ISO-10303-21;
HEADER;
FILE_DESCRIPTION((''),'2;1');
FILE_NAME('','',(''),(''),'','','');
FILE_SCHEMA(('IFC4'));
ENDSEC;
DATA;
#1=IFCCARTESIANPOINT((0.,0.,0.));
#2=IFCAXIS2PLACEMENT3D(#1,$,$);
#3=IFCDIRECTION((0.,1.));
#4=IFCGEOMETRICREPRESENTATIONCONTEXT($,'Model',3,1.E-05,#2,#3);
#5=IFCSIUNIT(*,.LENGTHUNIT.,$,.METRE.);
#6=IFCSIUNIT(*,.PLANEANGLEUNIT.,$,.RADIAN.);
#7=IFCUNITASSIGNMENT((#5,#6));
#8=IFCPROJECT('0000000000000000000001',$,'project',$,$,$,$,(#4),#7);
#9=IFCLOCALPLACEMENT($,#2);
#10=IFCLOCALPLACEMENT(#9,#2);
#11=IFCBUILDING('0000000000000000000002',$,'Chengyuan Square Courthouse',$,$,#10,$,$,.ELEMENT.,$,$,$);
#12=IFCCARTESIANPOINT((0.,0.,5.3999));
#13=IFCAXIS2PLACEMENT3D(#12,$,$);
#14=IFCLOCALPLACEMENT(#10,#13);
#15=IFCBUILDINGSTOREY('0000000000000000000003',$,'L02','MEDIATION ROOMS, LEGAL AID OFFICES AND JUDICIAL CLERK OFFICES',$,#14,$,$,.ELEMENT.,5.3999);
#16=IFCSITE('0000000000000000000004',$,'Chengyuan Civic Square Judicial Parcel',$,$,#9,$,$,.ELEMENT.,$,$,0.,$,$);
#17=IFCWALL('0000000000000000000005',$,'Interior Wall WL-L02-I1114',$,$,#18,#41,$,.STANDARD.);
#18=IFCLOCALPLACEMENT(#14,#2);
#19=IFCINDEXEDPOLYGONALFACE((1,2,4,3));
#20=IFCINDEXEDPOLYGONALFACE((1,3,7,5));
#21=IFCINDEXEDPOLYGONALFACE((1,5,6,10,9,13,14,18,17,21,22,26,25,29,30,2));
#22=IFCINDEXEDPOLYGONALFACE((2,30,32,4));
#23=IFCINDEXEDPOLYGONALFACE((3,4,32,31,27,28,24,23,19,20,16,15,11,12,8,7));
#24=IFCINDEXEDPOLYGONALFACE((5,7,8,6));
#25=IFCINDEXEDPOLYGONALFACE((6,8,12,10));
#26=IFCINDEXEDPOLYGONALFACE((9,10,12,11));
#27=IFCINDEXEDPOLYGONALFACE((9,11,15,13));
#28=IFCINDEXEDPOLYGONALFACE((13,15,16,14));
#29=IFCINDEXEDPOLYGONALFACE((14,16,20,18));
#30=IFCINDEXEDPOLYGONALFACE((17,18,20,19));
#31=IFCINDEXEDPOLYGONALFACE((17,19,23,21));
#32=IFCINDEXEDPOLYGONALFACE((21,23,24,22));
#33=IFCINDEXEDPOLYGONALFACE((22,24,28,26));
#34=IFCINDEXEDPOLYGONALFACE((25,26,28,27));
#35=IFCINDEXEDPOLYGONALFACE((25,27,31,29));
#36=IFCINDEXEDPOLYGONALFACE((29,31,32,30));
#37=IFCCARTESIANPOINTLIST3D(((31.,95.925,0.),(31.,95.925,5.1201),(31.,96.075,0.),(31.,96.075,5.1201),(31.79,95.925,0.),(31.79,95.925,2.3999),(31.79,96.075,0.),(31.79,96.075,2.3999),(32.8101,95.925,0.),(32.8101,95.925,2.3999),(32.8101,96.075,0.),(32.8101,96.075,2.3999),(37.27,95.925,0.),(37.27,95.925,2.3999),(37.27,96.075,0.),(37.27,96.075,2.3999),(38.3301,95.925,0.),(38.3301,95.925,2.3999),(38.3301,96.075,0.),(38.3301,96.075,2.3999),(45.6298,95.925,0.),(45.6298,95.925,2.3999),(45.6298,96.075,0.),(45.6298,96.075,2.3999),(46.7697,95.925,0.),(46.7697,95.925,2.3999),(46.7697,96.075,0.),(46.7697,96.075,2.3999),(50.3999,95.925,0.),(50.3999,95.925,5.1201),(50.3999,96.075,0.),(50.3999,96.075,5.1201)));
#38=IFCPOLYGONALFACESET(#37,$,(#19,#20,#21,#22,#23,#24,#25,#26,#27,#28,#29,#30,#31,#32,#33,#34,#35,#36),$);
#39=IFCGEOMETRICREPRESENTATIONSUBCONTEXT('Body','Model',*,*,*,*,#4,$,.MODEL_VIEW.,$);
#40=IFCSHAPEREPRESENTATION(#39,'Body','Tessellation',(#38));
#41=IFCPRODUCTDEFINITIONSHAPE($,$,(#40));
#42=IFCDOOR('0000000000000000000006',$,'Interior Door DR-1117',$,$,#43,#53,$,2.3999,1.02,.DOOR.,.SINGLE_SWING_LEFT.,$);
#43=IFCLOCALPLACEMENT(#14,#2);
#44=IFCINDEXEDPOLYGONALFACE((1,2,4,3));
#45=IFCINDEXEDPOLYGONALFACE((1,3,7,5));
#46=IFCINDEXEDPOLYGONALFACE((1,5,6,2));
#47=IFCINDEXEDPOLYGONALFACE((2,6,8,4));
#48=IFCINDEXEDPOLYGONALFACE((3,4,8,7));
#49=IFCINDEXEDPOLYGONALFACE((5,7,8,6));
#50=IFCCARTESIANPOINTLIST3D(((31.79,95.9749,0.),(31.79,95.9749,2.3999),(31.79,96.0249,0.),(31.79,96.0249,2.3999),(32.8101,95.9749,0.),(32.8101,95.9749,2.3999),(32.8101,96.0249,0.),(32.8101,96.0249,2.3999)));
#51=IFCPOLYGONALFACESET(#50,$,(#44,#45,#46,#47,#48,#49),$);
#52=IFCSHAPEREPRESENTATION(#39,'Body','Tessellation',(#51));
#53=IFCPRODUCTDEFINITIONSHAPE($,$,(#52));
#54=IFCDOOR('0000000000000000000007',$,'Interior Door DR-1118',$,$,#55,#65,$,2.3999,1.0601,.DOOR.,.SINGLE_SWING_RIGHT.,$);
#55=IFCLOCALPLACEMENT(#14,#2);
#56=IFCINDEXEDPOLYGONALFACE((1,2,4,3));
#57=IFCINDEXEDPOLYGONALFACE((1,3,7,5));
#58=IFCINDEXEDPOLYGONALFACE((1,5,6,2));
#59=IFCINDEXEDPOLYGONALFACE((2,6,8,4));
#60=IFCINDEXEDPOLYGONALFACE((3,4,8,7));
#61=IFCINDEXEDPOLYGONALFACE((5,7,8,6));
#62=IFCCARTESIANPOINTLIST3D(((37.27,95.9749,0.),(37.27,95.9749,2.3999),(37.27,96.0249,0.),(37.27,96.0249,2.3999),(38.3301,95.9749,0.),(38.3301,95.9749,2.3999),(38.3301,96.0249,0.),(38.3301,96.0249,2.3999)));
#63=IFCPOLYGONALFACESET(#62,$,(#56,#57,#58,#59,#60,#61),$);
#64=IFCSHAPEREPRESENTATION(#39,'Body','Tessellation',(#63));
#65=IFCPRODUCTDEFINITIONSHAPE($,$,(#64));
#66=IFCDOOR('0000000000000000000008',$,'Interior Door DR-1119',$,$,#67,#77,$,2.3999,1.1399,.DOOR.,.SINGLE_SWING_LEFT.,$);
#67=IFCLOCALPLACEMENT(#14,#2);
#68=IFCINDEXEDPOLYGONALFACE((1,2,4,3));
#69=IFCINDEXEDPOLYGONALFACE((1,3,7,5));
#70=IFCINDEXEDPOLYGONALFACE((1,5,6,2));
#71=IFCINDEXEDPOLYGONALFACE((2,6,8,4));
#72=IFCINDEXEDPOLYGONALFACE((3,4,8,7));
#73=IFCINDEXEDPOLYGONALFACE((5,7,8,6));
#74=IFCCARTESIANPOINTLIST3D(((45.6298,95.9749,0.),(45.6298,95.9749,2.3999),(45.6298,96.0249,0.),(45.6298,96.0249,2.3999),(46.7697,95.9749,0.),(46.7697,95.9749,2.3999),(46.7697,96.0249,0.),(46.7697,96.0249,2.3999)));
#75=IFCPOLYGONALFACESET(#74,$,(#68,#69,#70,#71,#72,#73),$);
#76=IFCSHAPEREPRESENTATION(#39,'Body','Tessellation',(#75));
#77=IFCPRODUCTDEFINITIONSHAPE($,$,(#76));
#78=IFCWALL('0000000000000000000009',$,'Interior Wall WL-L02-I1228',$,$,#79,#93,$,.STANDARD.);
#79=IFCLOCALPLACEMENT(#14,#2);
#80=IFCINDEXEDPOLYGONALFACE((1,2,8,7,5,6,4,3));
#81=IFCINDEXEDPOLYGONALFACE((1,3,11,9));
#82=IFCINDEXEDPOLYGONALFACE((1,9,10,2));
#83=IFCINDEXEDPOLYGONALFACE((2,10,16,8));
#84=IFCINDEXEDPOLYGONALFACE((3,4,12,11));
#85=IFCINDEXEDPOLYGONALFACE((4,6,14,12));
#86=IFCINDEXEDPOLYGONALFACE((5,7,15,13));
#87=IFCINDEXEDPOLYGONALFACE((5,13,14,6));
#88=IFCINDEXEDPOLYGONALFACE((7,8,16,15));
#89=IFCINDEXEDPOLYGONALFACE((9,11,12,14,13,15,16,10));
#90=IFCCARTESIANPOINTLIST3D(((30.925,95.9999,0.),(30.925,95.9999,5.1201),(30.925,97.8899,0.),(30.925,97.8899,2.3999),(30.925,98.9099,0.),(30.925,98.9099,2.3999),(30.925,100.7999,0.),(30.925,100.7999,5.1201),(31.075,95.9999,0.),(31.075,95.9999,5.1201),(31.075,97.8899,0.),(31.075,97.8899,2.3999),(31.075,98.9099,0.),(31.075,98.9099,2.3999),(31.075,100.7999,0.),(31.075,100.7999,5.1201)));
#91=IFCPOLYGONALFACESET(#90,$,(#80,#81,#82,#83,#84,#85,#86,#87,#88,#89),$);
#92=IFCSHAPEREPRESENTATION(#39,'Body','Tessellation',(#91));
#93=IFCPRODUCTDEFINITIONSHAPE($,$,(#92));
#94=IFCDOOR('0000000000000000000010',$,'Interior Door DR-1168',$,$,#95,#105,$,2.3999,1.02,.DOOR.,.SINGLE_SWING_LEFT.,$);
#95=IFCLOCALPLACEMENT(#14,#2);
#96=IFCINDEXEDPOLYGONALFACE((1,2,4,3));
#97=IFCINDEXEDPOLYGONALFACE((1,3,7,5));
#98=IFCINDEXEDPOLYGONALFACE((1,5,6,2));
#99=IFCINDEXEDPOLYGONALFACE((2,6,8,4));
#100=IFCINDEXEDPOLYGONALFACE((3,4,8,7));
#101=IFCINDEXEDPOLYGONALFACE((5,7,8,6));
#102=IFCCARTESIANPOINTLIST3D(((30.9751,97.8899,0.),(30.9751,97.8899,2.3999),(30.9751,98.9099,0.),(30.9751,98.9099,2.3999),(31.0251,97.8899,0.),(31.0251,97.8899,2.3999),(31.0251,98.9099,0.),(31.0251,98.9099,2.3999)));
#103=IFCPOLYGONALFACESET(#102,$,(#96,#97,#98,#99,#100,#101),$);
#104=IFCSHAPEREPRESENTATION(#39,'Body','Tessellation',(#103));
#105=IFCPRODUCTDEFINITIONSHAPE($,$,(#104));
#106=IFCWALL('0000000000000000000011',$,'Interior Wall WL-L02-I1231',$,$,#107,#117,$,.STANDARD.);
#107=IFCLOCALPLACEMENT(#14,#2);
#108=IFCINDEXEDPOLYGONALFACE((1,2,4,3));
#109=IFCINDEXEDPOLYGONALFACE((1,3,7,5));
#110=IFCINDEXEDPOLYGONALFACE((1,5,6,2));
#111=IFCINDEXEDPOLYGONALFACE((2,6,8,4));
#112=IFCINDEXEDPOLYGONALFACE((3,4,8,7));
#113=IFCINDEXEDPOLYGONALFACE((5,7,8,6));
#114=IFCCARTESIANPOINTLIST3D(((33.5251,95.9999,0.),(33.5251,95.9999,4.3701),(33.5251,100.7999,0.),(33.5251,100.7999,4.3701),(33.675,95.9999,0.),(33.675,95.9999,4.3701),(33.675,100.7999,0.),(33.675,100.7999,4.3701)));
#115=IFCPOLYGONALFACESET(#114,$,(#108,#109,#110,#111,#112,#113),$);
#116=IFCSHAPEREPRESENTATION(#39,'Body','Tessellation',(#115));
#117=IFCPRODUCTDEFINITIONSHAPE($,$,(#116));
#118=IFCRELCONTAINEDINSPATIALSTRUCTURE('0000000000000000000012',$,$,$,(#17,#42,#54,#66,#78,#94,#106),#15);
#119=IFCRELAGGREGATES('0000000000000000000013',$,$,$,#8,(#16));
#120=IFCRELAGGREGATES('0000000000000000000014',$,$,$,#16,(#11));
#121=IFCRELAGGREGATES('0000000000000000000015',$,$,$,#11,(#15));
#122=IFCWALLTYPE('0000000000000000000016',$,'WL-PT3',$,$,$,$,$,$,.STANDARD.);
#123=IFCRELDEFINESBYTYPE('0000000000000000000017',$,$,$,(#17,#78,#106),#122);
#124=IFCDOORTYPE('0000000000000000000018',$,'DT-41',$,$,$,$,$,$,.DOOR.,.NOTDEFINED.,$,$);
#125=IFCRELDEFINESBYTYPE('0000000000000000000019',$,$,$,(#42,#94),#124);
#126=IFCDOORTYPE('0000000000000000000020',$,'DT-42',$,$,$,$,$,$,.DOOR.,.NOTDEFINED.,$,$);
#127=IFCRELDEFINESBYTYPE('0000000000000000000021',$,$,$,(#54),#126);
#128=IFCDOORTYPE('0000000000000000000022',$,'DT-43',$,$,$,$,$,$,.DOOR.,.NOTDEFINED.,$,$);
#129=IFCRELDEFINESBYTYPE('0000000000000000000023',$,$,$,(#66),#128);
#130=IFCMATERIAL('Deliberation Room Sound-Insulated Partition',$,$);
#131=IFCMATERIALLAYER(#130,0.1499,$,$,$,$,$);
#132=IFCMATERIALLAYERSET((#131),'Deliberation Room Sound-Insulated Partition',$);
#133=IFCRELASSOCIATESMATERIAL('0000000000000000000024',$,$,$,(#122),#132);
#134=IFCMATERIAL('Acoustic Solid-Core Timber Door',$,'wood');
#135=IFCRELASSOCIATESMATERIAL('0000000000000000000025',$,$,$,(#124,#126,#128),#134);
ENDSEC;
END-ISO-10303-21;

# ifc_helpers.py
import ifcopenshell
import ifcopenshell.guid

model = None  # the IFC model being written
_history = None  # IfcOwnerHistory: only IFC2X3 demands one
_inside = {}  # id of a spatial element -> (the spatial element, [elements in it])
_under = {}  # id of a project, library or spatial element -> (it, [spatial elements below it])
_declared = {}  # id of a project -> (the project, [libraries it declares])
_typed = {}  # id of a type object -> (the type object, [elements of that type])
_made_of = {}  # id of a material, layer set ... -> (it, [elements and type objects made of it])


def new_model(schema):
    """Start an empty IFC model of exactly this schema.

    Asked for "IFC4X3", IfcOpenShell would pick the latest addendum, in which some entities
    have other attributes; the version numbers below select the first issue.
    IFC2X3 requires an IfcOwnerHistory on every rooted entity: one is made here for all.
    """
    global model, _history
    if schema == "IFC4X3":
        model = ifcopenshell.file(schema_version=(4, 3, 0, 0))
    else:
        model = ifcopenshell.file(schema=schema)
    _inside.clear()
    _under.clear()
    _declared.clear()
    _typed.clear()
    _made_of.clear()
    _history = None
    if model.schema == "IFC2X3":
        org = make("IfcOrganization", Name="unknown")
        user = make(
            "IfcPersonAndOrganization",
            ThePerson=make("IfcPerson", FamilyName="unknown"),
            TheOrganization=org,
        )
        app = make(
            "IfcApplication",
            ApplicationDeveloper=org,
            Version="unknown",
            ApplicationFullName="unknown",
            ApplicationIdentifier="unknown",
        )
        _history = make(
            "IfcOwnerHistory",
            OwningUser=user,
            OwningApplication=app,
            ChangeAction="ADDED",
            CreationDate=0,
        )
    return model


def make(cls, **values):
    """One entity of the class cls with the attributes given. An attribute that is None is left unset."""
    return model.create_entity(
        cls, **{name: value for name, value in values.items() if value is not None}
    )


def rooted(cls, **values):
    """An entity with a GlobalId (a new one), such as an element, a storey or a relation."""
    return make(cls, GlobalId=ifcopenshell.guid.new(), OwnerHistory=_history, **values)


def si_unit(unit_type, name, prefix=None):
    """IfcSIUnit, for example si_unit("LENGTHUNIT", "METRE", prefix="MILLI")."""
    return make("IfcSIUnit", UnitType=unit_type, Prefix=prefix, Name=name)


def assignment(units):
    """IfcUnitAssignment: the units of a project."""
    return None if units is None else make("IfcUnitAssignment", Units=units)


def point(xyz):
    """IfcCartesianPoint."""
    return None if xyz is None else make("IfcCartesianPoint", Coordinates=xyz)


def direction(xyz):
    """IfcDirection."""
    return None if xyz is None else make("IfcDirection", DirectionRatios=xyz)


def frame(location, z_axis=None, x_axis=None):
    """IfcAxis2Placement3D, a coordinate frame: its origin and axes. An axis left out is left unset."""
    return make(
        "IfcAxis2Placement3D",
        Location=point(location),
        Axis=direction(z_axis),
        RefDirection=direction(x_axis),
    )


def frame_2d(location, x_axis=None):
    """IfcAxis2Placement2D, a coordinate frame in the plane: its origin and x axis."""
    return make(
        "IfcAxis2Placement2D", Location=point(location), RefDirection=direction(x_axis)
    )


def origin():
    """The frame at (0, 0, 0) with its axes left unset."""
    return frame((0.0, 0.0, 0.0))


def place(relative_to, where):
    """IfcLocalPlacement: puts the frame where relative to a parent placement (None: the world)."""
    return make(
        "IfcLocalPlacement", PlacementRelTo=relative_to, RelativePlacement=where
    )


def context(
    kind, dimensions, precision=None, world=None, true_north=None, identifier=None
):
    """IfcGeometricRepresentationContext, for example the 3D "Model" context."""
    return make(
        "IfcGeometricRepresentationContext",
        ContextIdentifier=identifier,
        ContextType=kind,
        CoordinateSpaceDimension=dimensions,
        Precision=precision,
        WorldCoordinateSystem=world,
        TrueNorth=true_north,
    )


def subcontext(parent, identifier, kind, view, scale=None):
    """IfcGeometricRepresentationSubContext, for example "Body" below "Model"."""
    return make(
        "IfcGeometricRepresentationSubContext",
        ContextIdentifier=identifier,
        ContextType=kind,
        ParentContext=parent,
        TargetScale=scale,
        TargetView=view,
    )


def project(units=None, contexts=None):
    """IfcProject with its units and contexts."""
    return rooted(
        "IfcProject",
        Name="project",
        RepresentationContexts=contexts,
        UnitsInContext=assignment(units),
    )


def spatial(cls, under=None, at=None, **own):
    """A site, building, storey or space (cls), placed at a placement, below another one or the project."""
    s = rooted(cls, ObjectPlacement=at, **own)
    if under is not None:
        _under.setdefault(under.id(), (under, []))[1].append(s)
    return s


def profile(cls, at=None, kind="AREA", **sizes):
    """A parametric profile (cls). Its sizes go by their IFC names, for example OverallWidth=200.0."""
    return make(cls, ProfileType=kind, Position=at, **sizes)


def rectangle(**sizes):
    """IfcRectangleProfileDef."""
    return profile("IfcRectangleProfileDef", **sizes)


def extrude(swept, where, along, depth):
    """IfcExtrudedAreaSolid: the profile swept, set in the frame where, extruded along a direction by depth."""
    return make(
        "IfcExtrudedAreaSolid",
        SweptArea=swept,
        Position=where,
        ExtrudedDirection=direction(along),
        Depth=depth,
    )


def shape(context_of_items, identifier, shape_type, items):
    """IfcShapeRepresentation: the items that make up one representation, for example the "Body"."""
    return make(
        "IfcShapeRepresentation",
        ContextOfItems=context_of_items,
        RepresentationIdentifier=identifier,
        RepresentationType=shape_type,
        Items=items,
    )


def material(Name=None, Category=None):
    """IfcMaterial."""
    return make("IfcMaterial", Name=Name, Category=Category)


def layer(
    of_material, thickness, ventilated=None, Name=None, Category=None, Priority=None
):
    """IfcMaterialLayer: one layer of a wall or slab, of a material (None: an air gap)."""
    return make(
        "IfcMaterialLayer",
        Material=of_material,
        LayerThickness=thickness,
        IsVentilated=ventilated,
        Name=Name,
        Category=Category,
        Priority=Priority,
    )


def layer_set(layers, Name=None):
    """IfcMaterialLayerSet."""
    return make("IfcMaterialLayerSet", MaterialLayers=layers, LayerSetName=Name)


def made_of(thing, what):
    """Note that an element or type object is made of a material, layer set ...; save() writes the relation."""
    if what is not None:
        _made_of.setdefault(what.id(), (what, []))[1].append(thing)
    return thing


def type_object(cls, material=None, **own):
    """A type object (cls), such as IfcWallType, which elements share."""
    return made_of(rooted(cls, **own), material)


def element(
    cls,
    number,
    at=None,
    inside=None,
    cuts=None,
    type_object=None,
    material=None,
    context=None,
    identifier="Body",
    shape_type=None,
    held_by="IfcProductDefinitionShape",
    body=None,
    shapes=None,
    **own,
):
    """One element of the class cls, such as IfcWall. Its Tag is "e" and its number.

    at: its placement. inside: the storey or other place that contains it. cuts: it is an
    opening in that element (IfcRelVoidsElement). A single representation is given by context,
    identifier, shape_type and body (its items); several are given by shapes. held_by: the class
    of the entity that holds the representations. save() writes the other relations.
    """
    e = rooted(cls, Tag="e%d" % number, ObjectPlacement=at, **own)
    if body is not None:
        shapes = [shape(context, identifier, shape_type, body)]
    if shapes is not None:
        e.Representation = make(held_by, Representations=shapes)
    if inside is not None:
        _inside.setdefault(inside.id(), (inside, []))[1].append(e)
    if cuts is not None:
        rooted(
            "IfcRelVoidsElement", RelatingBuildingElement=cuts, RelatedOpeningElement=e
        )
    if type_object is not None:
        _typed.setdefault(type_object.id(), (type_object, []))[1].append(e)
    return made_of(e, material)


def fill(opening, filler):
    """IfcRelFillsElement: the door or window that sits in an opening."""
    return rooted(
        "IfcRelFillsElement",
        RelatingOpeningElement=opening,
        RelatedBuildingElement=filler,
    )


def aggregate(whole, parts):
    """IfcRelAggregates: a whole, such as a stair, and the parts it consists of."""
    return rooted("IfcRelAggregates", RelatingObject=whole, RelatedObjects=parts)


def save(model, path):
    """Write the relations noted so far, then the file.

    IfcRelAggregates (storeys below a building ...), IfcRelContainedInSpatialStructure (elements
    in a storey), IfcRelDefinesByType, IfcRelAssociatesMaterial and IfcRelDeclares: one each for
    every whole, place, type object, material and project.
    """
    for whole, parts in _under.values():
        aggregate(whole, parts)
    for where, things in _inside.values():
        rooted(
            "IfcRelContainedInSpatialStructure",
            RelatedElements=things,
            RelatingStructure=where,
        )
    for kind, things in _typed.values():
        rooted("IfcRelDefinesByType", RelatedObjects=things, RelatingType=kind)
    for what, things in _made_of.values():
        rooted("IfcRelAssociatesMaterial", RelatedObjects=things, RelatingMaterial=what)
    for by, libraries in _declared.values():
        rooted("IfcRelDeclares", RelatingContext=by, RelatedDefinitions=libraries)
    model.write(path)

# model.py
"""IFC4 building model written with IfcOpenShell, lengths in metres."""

from ifc_helpers import new_model, si_unit, direction, frame, frame_2d, origin, place, context, subcontext, project, spatial, rectangle, extrude, material, layer, layer_set, type_object, element, fill, save


model = new_model("IFC4")

# Units and contexts
model_context = context("Model", 3, precision=1e-05, world=origin(), true_north=direction((0.0, 1.0)))
body_context = subcontext(model_context, "Body", "Model", "MODEL_VIEW")
ifc_project = project(units=[si_unit("LENGTHUNIT", "METRE"), si_unit("PLANEANGLEUNIT", "RADIAN")], contexts=[model_context])

# Site, building, storey
site_placement = place(None, origin())
site = spatial("IfcSite", under=ifc_project, at=site_placement, Name="Chengyuan Civic Square Judicial Parcel", CompositionType="ELEMENT", RefElevation=0.0)
building_placement = place(site_placement, origin())
building = spatial("IfcBuilding", under=site, at=building_placement, Name="Chengyuan Square Courthouse", CompositionType="ELEMENT")
storey_placement = place(building_placement, frame((0.0, 0.0, 5.3999)))
storey = spatial("IfcBuildingStorey", under=building, at=storey_placement, Name="L02", Description="MEDIATION ROOMS, LEGAL AID OFFICES AND JUDICIAL CLERK OFFICES", CompositionType="ELEMENT", Elevation=5.3999)

# Wall, openings, doors
ifc_material_1 = material(Name="Deliberation Room Sound-Insulated Partition")
ifc_layer = layer(ifc_material_1, 0.1499)
ifc_layer_set = layer_set([ifc_layer], Name="Deliberation Room Sound-Insulated Partition")
wall_type = type_object("IfcWallType", Name="WL-PT3", PredefinedType="STANDARD", material=ifc_layer_set)
wall_1_placement = place(storey_placement, frame((31.0, 96.0, 0.0), z_axis=(0.0, 0.0, 1.0), x_axis=(1.0, 0.0, 0.0)))
wall_1 = element("IfcWall", 1, at=wall_1_placement, inside=storey, type_object=wall_type, Name="Interior Wall WL-L02-I1114", PredefinedType="STANDARD", context=body_context, shape_type="SweptSolid", body=[
    extrude(rectangle(XDim=19.3999, YDim=0.1499, at=frame_2d((9.7, 0.0))), origin(), (0.0, 0.0, 1.0), 5.1201),
])
opening_1_placement = place(wall_1_placement, frame((0.79, 0.0, 0.0)))
opening_1 = element("IfcOpeningElement", 2, at=opening_1_placement, cuts=wall_1, PredefinedType="OPENING", context=body_context, shape_type="SweptSolid", body=[
    extrude(rectangle(XDim=1.02, YDim=2.3999, at=frame_2d((0.51, 1.2))), frame((0.0, 0.0869, 0.0), z_axis=(0.0, -1.0, 0.0), x_axis=(1.0, 0.0, 0.0)), (0.0, 0.0, 1.0), 0.1738),
])
opening_2_placement = place(wall_1_placement, frame((6.27, 0.0, 0.0)))
opening_2 = element("IfcOpeningElement", 3, at=opening_2_placement, cuts=wall_1, PredefinedType="OPENING", context=body_context, shape_type="SweptSolid", body=[
    extrude(rectangle(XDim=1.0601, YDim=2.3999, at=frame_2d((0.53, 1.2))), frame((0.0, 0.0869, 0.0), z_axis=(0.0, -1.0, 0.0), x_axis=(1.0, 0.0, 0.0)), (0.0, 0.0, 1.0), 0.1738),
])
opening_3_placement = place(wall_1_placement, frame((14.6299, 0.0, 0.0)))
opening_3 = element("IfcOpeningElement", 4, at=opening_3_placement, cuts=wall_1, PredefinedType="OPENING", context=body_context, shape_type="SweptSolid", body=[
    extrude(rectangle(XDim=1.1399, YDim=2.3999, at=frame_2d((0.5698, 1.2))), frame((0.0, 0.0869, 0.0), z_axis=(0.0, -1.0, 0.0), x_axis=(1.0, 0.0, 0.0)), (0.0, 0.0, 1.0), 0.1738),
])
ifc_material_2 = material(Name="Acoustic Solid-Core Timber Door", Category="wood")
door_type_1 = type_object("IfcDoorType", Name="DT-41", OperationType="NOTDEFINED", PredefinedType="DOOR", material=ifc_material_2)
door_1_placement = place(opening_1_placement, origin())
door_1 = element("IfcDoor", 5, at=door_1_placement, inside=storey, type_object=door_type_1, Name="Interior Door DR-1117", OperationType="SINGLE_SWING_LEFT", OverallHeight=2.3999, OverallWidth=1.02, PredefinedType="DOOR", context=body_context, shape_type="SweptSolid", body=[
    extrude(rectangle(XDim=1.02, YDim=2.3999, at=frame_2d((0.51, 1.2))), frame((0.0, 0.0249, 0.0), z_axis=(0.0, -1.0, 0.0), x_axis=(1.0, 0.0, 0.0)), (0.0, 0.0, 1.0), 0.05),
])
fill(opening_1, door_1)
door_type_2 = type_object("IfcDoorType", Name="DT-42", OperationType="NOTDEFINED", PredefinedType="DOOR", material=ifc_material_2)
door_2_placement = place(opening_2_placement, origin())
door_2 = element("IfcDoor", 6, at=door_2_placement, inside=storey, type_object=door_type_2, Name="Interior Door DR-1118", OperationType="SINGLE_SWING_RIGHT", OverallHeight=2.3999, OverallWidth=1.0601, PredefinedType="DOOR", context=body_context, shape_type="SweptSolid", body=[
    extrude(rectangle(XDim=1.0601, YDim=2.3999, at=frame_2d((0.53, 1.2))), frame((0.0, 0.0249, 0.0), z_axis=(0.0, -1.0, 0.0), x_axis=(1.0, 0.0, 0.0)), (0.0, 0.0, 1.0), 0.05),
])
fill(opening_2, door_2)
door_type_3 = type_object("IfcDoorType", Name="DT-43", OperationType="NOTDEFINED", PredefinedType="DOOR", material=ifc_material_2)
door_3_placement = place(opening_3_placement, origin())
door_3 = element("IfcDoor", 7, at=door_3_placement, inside=storey, type_object=door_type_3, Name="Interior Door DR-1119", OperationType="SINGLE_SWING_LEFT", OverallHeight=2.3999, OverallWidth=1.1399, PredefinedType="DOOR", context=body_context, shape_type="SweptSolid", body=[
    extrude(rectangle(XDim=1.1399, YDim=2.3999, at=frame_2d((0.5698, 1.2))), frame((0.0, 0.0249, 0.0), z_axis=(0.0, -1.0, 0.0), x_axis=(1.0, 0.0, 0.0)), (0.0, 0.0, 1.0), 0.05),
])
fill(opening_3, door_3)

# Wall, opening, door
wall_2_placement = place(storey_placement, frame((31.0, 96.0, 0.0), z_axis=(0.0, 0.0, 1.0), x_axis=(0.0, 1.0, 0.0)))
wall_2 = element("IfcWall", 8, at=wall_2_placement, inside=storey, type_object=wall_type, Name="Interior Wall WL-L02-I1228", PredefinedType="STANDARD", context=body_context, shape_type="SweptSolid", body=[
    extrude(rectangle(XDim=4.8, YDim=0.1499, at=frame_2d((2.3999, 0.0))), origin(), (0.0, 0.0, 1.0), 5.1201),
])
opening_4_placement = place(wall_2_placement, frame((1.8899, 0.0, 0.0)))
opening_4 = element("IfcOpeningElement", 9, at=opening_4_placement, cuts=wall_2, PredefinedType="OPENING", context=body_context, shape_type="SweptSolid", body=[
    extrude(rectangle(XDim=1.02, YDim=2.3999, at=frame_2d((0.51, 1.2))), frame((0.0, 0.0869, 0.0), z_axis=(0.0, -1.0, 0.0), x_axis=(1.0, 0.0, 0.0)), (0.0, 0.0, 1.0), 0.1738),
])
door_4_placement = place(opening_4_placement, origin())
door_4 = element("IfcDoor", 10, at=door_4_placement, inside=storey, type_object=door_type_1, Name="Interior Door DR-1168", OperationType="SINGLE_SWING_LEFT", OverallHeight=2.3999, OverallWidth=1.02, PredefinedType="DOOR", context=body_context, shape_type="SweptSolid", body=[
    extrude(rectangle(XDim=1.02, YDim=2.3999, at=frame_2d((0.51, 1.2))), frame((0.0, 0.0249, 0.0), z_axis=(0.0, -1.0, 0.0), x_axis=(1.0, 0.0, 0.0)), (0.0, 0.0, 1.0), 0.05),
])
fill(opening_4, door_4)

# Wall
wall_3_placement = place(storey_placement, frame((33.6001, 96.0, 0.0), z_axis=(0.0, 0.0, 1.0), x_axis=(0.0, 1.0, 0.0)))
element("IfcWall", 11, at=wall_3_placement, inside=storey, type_object=wall_type, Name="Interior Wall WL-L02-I1231", PredefinedType="STANDARD", context=body_context, shape_type="SweptSolid", body=[
    extrude(rectangle(XDim=4.8, YDim=0.1499, at=frame_2d((2.3999, 0.0))), origin(), (0.0, 0.0, 1.0), 4.3701),
])

save(model, "model.ifc")
